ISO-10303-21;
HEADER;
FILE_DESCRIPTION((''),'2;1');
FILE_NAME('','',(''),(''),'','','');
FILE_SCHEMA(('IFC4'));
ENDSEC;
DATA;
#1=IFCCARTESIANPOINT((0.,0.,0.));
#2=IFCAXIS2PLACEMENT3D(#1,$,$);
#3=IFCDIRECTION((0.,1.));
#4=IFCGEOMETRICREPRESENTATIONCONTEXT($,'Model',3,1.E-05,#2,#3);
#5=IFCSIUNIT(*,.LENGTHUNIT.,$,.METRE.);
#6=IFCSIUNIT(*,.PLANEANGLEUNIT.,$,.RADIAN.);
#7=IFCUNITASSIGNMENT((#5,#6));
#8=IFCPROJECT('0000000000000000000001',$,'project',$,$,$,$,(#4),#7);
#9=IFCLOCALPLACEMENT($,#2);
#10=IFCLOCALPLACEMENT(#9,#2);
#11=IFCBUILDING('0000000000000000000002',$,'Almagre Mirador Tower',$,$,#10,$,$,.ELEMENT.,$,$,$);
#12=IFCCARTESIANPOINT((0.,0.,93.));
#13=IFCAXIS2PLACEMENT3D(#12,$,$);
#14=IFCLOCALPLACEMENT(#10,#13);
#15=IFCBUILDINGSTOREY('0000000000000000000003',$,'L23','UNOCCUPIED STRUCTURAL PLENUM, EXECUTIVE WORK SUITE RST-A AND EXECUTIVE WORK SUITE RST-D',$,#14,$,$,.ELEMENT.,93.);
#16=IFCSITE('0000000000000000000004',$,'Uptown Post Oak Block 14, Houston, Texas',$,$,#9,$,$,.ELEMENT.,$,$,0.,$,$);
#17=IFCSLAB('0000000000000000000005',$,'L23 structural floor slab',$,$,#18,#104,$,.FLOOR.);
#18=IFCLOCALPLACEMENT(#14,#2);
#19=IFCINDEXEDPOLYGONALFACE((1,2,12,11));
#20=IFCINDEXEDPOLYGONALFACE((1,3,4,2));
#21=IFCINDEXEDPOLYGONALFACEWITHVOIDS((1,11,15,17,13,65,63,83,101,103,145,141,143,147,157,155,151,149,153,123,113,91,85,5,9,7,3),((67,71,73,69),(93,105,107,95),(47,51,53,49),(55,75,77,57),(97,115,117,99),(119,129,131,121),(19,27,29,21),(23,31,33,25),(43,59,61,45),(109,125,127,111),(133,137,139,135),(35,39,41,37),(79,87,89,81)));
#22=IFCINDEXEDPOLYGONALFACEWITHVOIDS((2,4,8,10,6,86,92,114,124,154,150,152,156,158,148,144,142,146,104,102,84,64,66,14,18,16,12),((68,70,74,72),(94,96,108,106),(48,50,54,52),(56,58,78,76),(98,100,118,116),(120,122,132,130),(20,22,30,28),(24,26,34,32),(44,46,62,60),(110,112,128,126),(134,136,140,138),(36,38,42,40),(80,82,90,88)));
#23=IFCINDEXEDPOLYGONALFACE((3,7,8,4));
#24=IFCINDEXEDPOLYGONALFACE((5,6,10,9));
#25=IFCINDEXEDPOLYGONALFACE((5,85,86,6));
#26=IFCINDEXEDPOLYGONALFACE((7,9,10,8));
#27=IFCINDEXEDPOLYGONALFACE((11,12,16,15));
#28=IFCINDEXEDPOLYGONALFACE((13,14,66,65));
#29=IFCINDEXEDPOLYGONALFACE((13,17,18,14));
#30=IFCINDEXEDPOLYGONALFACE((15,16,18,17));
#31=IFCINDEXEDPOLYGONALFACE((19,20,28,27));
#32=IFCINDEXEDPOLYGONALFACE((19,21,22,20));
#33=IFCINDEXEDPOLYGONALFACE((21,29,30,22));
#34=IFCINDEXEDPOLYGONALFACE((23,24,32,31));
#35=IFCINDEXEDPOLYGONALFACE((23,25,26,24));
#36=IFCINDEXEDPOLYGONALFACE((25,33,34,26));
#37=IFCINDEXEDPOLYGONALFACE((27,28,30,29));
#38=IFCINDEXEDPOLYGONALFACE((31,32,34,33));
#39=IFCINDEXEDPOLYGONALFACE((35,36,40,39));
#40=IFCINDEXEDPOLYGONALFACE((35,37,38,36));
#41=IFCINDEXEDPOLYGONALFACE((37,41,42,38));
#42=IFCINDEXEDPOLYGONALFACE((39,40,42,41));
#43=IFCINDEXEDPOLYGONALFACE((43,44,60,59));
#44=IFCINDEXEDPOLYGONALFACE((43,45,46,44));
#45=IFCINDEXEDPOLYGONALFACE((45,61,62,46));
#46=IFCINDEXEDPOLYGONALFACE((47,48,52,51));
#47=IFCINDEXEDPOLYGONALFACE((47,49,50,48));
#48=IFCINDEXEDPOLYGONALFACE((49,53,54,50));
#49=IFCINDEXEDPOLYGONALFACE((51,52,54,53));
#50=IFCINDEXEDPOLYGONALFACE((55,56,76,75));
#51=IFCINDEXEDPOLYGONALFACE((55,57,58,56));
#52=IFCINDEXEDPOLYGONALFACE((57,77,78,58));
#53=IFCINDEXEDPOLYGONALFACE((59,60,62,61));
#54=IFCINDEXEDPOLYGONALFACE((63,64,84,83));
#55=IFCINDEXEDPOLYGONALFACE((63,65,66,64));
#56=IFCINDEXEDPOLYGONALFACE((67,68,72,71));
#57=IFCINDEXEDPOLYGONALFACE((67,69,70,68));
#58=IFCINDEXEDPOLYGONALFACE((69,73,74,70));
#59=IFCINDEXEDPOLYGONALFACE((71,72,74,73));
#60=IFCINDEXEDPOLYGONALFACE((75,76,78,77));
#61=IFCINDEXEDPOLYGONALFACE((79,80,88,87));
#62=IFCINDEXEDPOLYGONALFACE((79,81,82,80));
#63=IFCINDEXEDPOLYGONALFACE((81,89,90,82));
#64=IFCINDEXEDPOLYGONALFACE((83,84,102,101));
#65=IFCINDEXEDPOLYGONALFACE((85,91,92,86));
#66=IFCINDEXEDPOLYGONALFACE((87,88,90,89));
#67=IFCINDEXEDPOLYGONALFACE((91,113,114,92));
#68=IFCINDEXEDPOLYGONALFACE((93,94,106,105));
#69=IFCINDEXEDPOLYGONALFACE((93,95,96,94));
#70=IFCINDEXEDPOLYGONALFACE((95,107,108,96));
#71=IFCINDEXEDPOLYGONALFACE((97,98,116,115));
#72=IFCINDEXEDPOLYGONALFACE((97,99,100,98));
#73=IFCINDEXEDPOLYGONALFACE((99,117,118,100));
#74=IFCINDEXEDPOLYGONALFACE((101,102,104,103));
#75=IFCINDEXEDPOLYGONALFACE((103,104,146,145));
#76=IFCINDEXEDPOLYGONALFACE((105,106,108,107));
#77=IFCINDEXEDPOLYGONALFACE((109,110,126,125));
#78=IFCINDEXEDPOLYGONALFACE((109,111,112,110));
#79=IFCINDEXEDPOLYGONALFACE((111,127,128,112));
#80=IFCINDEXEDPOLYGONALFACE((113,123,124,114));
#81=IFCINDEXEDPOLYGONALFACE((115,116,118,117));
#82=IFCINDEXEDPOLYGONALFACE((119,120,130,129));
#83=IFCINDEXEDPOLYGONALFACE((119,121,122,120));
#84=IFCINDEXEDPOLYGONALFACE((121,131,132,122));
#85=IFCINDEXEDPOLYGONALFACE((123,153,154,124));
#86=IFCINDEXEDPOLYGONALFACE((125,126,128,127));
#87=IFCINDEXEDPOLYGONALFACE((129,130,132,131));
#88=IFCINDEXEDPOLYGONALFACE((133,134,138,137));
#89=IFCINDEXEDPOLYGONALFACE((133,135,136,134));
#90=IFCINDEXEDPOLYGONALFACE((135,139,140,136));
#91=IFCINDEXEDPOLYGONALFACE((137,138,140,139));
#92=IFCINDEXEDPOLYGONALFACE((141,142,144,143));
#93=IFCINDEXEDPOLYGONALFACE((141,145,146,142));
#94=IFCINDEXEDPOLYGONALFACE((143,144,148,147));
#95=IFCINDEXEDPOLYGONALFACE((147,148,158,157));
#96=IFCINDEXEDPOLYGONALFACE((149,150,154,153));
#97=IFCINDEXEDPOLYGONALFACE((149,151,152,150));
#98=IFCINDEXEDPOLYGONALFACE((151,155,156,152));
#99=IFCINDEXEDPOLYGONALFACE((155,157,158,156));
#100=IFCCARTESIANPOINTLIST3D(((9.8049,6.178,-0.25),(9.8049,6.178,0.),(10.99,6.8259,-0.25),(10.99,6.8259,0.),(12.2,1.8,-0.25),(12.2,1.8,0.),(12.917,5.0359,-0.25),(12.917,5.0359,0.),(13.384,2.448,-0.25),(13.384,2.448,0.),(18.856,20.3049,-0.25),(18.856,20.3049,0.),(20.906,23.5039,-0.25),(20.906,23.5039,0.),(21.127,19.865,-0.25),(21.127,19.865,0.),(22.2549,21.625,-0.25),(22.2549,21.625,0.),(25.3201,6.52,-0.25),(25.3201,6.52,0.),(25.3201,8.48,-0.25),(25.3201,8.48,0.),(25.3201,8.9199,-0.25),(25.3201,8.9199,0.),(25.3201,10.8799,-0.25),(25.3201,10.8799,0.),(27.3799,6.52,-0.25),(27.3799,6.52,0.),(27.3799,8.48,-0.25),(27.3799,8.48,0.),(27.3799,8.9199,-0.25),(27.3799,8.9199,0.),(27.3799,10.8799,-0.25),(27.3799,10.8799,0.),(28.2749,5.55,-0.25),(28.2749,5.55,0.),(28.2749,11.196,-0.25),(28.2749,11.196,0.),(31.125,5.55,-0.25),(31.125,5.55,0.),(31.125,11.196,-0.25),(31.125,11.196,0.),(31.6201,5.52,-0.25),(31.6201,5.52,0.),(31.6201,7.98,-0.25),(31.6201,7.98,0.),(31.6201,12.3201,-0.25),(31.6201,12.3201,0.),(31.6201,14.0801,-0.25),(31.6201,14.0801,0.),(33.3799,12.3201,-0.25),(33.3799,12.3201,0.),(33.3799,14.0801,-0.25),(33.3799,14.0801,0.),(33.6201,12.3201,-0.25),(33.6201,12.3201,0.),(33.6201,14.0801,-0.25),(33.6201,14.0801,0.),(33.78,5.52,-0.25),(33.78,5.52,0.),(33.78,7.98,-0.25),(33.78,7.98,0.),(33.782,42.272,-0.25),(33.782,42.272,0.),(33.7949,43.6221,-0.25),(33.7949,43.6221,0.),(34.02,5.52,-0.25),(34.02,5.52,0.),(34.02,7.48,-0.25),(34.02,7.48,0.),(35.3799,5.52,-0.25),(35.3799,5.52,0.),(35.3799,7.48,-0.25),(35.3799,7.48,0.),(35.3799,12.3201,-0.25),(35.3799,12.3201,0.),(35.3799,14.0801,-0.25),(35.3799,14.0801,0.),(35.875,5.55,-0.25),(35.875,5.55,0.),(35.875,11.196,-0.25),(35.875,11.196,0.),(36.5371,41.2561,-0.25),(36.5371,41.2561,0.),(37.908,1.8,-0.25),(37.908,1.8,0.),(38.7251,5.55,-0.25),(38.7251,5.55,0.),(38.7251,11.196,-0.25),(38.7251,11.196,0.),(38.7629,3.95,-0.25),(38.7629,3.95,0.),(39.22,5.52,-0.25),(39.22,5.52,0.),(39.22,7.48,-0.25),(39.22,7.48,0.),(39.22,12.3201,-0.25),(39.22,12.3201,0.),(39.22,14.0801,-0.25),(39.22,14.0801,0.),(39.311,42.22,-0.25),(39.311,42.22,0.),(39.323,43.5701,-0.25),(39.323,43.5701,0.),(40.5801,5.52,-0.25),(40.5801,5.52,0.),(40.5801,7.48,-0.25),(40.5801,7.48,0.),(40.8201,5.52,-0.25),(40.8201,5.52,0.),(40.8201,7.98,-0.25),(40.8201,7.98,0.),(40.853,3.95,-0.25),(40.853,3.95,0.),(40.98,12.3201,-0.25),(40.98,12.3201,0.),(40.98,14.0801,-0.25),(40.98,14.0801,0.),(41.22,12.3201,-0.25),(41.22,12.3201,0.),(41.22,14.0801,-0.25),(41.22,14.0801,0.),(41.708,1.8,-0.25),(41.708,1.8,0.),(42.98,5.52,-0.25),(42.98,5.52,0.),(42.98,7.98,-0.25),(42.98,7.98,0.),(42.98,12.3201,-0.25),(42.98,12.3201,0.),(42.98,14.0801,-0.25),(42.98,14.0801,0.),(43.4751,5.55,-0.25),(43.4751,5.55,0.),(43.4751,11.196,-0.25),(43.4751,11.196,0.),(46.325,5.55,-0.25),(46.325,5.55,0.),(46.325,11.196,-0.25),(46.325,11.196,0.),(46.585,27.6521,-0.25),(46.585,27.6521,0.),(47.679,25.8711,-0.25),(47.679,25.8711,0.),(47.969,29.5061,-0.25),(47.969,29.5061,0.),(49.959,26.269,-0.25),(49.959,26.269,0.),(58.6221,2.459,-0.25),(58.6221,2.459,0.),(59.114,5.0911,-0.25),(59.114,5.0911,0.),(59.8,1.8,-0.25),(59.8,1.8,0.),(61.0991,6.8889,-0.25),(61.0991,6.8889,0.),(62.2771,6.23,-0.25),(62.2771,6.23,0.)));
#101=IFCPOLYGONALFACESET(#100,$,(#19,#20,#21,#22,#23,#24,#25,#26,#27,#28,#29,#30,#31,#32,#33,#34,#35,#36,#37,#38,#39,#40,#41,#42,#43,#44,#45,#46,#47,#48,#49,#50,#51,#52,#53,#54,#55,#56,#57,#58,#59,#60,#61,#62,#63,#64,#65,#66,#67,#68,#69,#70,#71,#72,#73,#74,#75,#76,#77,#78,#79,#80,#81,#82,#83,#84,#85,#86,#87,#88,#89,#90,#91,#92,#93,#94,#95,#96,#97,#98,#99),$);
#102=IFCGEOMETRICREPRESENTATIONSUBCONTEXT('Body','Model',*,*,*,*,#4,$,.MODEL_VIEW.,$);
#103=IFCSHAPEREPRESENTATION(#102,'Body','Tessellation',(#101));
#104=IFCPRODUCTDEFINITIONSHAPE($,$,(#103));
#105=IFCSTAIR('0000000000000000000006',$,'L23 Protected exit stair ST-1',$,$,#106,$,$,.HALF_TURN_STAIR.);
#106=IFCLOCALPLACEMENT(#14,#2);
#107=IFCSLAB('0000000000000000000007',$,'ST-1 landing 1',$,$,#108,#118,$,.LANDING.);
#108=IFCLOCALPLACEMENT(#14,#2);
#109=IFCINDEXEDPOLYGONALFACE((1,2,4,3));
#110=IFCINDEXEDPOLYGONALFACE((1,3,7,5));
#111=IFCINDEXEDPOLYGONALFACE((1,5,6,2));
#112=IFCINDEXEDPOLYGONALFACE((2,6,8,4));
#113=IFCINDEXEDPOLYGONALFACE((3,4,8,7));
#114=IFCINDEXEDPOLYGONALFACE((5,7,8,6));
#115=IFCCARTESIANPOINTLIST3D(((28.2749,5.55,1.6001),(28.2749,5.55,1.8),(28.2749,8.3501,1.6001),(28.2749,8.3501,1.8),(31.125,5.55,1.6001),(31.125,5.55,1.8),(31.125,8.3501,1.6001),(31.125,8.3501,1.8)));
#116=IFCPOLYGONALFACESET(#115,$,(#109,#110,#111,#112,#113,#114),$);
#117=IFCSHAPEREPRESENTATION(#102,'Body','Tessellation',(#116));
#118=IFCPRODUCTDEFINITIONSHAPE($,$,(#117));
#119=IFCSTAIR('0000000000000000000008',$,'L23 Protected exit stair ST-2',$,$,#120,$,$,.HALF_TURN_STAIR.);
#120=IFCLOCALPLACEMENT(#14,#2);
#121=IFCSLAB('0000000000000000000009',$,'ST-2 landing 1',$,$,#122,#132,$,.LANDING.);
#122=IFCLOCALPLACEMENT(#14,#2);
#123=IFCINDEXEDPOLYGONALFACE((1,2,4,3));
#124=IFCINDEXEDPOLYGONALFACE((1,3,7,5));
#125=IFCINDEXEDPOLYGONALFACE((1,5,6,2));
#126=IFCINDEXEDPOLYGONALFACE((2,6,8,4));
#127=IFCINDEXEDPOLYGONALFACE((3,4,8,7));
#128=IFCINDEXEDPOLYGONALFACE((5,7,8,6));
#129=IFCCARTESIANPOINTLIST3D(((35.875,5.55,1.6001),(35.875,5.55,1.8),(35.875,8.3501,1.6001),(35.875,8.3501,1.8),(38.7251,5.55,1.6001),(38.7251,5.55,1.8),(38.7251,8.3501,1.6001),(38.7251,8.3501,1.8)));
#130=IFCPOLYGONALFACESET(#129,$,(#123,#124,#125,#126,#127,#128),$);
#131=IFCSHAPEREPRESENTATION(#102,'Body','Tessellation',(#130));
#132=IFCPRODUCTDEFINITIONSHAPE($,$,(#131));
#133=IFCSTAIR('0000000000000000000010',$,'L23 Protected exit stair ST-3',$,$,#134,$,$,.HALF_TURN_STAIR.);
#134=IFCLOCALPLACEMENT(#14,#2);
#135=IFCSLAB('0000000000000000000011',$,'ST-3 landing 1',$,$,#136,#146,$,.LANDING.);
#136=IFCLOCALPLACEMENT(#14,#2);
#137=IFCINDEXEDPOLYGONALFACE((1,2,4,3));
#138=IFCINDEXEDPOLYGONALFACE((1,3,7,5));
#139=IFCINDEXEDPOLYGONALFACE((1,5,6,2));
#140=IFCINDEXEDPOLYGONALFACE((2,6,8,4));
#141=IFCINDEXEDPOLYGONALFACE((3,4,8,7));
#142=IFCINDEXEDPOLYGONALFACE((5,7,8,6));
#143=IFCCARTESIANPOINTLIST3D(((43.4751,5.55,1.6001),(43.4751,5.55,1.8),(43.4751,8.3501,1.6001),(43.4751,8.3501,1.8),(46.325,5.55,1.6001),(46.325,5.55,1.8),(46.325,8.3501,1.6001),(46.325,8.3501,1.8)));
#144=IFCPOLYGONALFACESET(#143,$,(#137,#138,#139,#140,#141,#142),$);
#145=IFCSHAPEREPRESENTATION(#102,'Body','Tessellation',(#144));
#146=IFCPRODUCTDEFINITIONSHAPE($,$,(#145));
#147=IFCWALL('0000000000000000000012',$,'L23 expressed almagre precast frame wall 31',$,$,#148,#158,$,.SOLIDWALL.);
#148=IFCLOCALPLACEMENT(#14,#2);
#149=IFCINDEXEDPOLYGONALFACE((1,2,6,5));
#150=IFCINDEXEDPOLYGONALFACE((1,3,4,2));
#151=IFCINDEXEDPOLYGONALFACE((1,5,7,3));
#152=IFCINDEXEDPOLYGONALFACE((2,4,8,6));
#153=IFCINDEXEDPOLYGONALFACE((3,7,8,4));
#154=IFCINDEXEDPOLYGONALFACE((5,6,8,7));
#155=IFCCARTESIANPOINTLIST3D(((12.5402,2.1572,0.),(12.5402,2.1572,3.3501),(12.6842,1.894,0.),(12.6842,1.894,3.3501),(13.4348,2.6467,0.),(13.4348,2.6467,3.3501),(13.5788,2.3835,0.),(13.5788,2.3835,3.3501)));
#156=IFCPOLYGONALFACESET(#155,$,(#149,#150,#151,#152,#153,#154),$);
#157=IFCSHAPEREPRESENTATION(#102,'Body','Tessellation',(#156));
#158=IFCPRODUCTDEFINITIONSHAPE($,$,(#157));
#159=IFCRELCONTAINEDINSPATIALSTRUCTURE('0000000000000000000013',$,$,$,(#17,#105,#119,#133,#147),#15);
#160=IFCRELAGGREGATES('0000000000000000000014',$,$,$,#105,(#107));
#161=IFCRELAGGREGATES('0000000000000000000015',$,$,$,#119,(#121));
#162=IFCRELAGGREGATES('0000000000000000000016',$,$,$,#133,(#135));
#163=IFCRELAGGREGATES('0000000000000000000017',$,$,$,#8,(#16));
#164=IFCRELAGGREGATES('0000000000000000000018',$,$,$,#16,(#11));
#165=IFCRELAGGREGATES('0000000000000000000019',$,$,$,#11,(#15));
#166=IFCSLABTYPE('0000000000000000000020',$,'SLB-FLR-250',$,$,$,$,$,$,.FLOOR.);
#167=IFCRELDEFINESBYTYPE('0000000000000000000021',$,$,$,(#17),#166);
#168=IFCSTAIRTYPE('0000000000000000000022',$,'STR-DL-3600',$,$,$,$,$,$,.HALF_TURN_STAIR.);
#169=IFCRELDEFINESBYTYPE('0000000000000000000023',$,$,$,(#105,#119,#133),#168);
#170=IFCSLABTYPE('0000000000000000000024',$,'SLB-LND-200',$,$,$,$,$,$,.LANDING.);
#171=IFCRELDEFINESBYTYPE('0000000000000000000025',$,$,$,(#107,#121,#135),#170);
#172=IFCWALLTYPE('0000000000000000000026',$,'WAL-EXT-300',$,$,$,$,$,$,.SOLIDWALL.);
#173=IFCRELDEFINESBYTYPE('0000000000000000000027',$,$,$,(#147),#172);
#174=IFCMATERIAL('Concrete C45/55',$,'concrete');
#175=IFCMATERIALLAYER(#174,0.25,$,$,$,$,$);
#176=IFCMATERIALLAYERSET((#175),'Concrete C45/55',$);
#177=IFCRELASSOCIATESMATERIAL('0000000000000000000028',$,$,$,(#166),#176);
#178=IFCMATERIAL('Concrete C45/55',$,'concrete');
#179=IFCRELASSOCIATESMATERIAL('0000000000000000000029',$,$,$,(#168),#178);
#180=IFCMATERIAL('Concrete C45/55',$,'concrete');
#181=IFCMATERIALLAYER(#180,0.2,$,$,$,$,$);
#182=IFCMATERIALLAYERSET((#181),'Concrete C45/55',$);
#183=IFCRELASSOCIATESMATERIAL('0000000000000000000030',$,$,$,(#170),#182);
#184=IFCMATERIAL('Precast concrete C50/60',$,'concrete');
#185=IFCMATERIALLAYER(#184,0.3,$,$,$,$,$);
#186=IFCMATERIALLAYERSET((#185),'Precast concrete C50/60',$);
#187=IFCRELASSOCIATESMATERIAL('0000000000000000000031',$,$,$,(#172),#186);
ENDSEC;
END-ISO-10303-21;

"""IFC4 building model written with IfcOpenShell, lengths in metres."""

from ifc_helpers import new_model, si_unit, direction, frame, frame_2d, origin, place, context, subcontext, project, spatial, polyline, rectangle, outline, extrude, material, layer, layer_set, type_object, element, aggregate, save


model = new_model("IFC4")

# Units and contexts
model_context = context("Model", 3, precision=1e-05, world=origin(), true_north=direction((0.0, 1.0)))
body_context = subcontext(model_context, "Body", "Model", "MODEL_VIEW")
ifc_project = project(units=[si_unit("LENGTHUNIT", "METRE"), si_unit("PLANEANGLEUNIT", "RADIAN")], contexts=[model_context])

# Site, building, storey
site_placement = place(None, origin())
site = spatial("IfcSite", under=ifc_project, at=site_placement, Name="Uptown Post Oak Block 14, Houston, Texas", CompositionType="ELEMENT", RefElevation=0.0)
building_placement = place(site_placement, origin())
building = spatial("IfcBuilding", under=site, at=building_placement, Name="Almagre Mirador Tower", CompositionType="ELEMENT")
storey_placement = place(building_placement, frame((0.0, 0.0, 93.0)))
storey = spatial("IfcBuildingStorey", under=building, at=storey_placement, Name="L23", Description="UNOCCUPIED STRUCTURAL PLENUM, EXECUTIVE WORK SUITE RST-A AND EXECUTIVE WORK SUITE RST-D", CompositionType="ELEMENT", Elevation=93.0)

# Slab
ifc_material_1 = material(Name="Concrete C45/55", Category="concrete")
ifc_layer_1 = layer(ifc_material_1, 0.25)
ifc_layer_set_1 = layer_set([ifc_layer_1], Name="Concrete C45/55")
slab_type_1 = type_object("IfcSlabType", Name="SLB-FLR-250", PredefinedType="FLOOR", material=ifc_layer_set_1)
slab_1_placement = place(storey_placement, frame((0.0, 0.0, -0.25)))
element("IfcSlab", 1, at=slab_1_placement, inside=storey, type_object=slab_type_1, Name="L23 structural floor slab", PredefinedType="FLOOR", context=body_context, shape_type="SweptSolid", body=[
    extrude(outline(polyline([(9.8049, 6.178), (10.99, 6.8259), (12.917, 5.0359), (13.384, 2.448), (12.2, 1.8), (37.908, 1.8), (38.7629, 3.95), (40.853, 3.95), (41.708, 1.8), (59.8, 1.8), (58.6221, 2.459), (59.114, 5.0911), (61.0991, 6.8889), (62.2771, 6.23), (49.959, 26.269), (47.679, 25.8711), (46.585, 27.6521), (47.969, 29.5061), (39.323, 43.5701), (39.311, 42.22), (36.5371, 41.2561), (33.782, 42.272), (33.7949, 43.6221), (20.906, 23.5039), (22.2549, 21.625), (21.127, 19.865), (18.856, 20.3049), (9.8049, 6.178)]), holes=[polyline([(43.4751, 11.196), (46.325, 11.196), (46.325, 5.55), (43.4751, 5.55), (43.4751, 11.196)]), polyline([(40.8201, 5.52), (40.8201, 7.98), (42.98, 7.98), (42.98, 5.52), (40.8201, 5.52)]), polyline([(41.22, 12.3201), (41.22, 14.0801), (42.98, 14.0801), (42.98, 12.3201), (41.22, 12.3201)]), polyline([(39.22, 12.3201), (39.22, 14.0801), (40.98, 14.0801), (40.98, 12.3201), (39.22, 12.3201)]), polyline([(39.22, 5.52), (39.22, 7.48), (40.5801, 7.48), (40.5801, 5.52), (39.22, 5.52)]), polyline([(35.875, 11.196), (38.7251, 11.196), (38.7251, 5.55), (35.875, 5.55), (35.875, 11.196)]), polyline([(35.3799, 5.52), (34.02, 5.52), (34.02, 7.48), (35.3799, 7.48), (35.3799, 5.52)]), polyline([(35.3799, 12.3201), (33.6201, 12.3201), (33.6201, 14.0801), (35.3799, 14.0801), (35.3799, 12.3201)]), polyline([(31.6201, 5.52), (31.6201, 7.98), (33.78, 7.98), (33.78, 5.52), (31.6201, 5.52)]), polyline([(31.6201, 12.3201), (31.6201, 14.0801), (33.3799, 14.0801), (33.3799, 12.3201), (31.6201, 12.3201)]), polyline([(28.2749, 5.55), (28.2749, 11.196), (31.125, 11.196), (31.125, 5.55), (28.2749, 5.55)]), polyline([(25.3201, 6.52), (25.3201, 8.48), (27.3799, 8.48), (27.3799, 6.52), (25.3201, 6.52)]), polyline([(25.3201, 8.9199), (25.3201, 10.8799), (27.3799, 10.8799), (27.3799, 8.9199), (25.3201, 8.9199)])]), origin(), (0.0, 0.0, 1.0), 0.25),
])

# Stairs, slabs
ifc_material_2 = material(Name="Concrete C45/55", Category="concrete")
stair_type = type_object("IfcStairType", Name="STR-DL-3600", PredefinedType="HALF_TURN_STAIR", material=ifc_material_2)
stair_1_placement = place(storey_placement, origin())
stair_1 = element("IfcStair", 2, at=stair_1_placement, inside=storey, type_object=stair_type, Name="L23 Protected exit stair ST-1", PredefinedType="HALF_TURN_STAIR")
ifc_material_3 = material(Name="Concrete C45/55", Category="concrete")
ifc_layer_2 = layer(ifc_material_3, 0.2)
ifc_layer_set_2 = layer_set([ifc_layer_2], Name="Concrete C45/55")
slab_type_2 = type_object("IfcSlabType", Name="SLB-LND-200", PredefinedType="LANDING", material=ifc_layer_set_2)
slab_2_placement = place(storey_placement, frame((0.0, 0.0, 1.6001)))
slab_2 = element("IfcSlab", 3, at=slab_2_placement, type_object=slab_type_2, Name="ST-1 landing 1", PredefinedType="LANDING", context=body_context, shape_type="SweptSolid", body=[
    extrude(outline(polyline([(28.2749, 8.3501), (28.2749, 5.55), (31.125, 5.55), (31.125, 8.3501), (28.2749, 8.3501)])), origin(), (0.0, 0.0, 1.0), 0.2),
])
aggregate(stair_1, [slab_2])
stair_2_placement = place(storey_placement, origin())
stair_2 = element("IfcStair", 4, at=stair_2_placement, inside=storey, type_object=stair_type, Name="L23 Protected exit stair ST-2", PredefinedType="HALF_TURN_STAIR")
slab_3_placement = place(storey_placement, frame((0.0, 0.0, 1.6001)))
slab_3 = element("IfcSlab", 5, at=slab_3_placement, type_object=slab_type_2, Name="ST-2 landing 1", PredefinedType="LANDING", context=body_context, shape_type="SweptSolid", body=[
    extrude(outline(polyline([(35.875, 8.3501), (35.875, 5.55), (38.7251, 5.55), (38.7251, 8.3501), (35.875, 8.3501)])), origin(), (0.0, 0.0, 1.0), 0.2),
])
aggregate(stair_2, [slab_3])
stair_3_placement = place(storey_placement, origin())
stair_3 = element("IfcStair", 6, at=stair_3_placement, inside=storey, type_object=stair_type, Name="L23 Protected exit stair ST-3", PredefinedType="HALF_TURN_STAIR")
slab_4_placement = place(storey_placement, frame((0.0, 0.0, 1.6001)))
slab_4 = element("IfcSlab", 7, at=slab_4_placement, type_object=slab_type_2, Name="ST-3 landing 1", PredefinedType="LANDING", context=body_context, shape_type="SweptSolid", body=[
    extrude(outline(polyline([(43.4751, 8.3501), (43.4751, 5.55), (46.325, 5.55), (46.325, 8.3501), (43.4751, 8.3501)])), origin(), (0.0, 0.0, 1.0), 0.2),
])
aggregate(stair_3, [slab_4])

# Wall
ifc_material_4 = material(Name="Precast concrete C50/60", Category="concrete")
ifc_layer_3 = layer(ifc_material_4, 0.3)
ifc_layer_set_3 = layer_set([ifc_layer_3], Name="Precast concrete C50/60")
wall_type = type_object("IfcWallType", Name="WAL-EXT-300", PredefinedType="SOLIDWALL", material=ifc_layer_set_3)
wall_1_placement = place(storey_placement, frame((12.6123, 2.0256, 0.0), z_axis=(0.0, 0.0, 1.0), x_axis=(0.877245, 0.480043, 0.0)))
element("IfcWall", 8, at=wall_1_placement, inside=storey, type_object=wall_type, Name="L23 expressed almagre precast frame wall 31", PredefinedType="SOLIDWALL", context=body_context, shape_type="SweptSolid", body=[
    extrude(rectangle(XDim=1.0198, YDim=0.3, at=frame_2d((0.5098, 0.0))), origin(), (0.0, 0.0, 1.0), 3.3501),
])

save(model, "model.ifc")
